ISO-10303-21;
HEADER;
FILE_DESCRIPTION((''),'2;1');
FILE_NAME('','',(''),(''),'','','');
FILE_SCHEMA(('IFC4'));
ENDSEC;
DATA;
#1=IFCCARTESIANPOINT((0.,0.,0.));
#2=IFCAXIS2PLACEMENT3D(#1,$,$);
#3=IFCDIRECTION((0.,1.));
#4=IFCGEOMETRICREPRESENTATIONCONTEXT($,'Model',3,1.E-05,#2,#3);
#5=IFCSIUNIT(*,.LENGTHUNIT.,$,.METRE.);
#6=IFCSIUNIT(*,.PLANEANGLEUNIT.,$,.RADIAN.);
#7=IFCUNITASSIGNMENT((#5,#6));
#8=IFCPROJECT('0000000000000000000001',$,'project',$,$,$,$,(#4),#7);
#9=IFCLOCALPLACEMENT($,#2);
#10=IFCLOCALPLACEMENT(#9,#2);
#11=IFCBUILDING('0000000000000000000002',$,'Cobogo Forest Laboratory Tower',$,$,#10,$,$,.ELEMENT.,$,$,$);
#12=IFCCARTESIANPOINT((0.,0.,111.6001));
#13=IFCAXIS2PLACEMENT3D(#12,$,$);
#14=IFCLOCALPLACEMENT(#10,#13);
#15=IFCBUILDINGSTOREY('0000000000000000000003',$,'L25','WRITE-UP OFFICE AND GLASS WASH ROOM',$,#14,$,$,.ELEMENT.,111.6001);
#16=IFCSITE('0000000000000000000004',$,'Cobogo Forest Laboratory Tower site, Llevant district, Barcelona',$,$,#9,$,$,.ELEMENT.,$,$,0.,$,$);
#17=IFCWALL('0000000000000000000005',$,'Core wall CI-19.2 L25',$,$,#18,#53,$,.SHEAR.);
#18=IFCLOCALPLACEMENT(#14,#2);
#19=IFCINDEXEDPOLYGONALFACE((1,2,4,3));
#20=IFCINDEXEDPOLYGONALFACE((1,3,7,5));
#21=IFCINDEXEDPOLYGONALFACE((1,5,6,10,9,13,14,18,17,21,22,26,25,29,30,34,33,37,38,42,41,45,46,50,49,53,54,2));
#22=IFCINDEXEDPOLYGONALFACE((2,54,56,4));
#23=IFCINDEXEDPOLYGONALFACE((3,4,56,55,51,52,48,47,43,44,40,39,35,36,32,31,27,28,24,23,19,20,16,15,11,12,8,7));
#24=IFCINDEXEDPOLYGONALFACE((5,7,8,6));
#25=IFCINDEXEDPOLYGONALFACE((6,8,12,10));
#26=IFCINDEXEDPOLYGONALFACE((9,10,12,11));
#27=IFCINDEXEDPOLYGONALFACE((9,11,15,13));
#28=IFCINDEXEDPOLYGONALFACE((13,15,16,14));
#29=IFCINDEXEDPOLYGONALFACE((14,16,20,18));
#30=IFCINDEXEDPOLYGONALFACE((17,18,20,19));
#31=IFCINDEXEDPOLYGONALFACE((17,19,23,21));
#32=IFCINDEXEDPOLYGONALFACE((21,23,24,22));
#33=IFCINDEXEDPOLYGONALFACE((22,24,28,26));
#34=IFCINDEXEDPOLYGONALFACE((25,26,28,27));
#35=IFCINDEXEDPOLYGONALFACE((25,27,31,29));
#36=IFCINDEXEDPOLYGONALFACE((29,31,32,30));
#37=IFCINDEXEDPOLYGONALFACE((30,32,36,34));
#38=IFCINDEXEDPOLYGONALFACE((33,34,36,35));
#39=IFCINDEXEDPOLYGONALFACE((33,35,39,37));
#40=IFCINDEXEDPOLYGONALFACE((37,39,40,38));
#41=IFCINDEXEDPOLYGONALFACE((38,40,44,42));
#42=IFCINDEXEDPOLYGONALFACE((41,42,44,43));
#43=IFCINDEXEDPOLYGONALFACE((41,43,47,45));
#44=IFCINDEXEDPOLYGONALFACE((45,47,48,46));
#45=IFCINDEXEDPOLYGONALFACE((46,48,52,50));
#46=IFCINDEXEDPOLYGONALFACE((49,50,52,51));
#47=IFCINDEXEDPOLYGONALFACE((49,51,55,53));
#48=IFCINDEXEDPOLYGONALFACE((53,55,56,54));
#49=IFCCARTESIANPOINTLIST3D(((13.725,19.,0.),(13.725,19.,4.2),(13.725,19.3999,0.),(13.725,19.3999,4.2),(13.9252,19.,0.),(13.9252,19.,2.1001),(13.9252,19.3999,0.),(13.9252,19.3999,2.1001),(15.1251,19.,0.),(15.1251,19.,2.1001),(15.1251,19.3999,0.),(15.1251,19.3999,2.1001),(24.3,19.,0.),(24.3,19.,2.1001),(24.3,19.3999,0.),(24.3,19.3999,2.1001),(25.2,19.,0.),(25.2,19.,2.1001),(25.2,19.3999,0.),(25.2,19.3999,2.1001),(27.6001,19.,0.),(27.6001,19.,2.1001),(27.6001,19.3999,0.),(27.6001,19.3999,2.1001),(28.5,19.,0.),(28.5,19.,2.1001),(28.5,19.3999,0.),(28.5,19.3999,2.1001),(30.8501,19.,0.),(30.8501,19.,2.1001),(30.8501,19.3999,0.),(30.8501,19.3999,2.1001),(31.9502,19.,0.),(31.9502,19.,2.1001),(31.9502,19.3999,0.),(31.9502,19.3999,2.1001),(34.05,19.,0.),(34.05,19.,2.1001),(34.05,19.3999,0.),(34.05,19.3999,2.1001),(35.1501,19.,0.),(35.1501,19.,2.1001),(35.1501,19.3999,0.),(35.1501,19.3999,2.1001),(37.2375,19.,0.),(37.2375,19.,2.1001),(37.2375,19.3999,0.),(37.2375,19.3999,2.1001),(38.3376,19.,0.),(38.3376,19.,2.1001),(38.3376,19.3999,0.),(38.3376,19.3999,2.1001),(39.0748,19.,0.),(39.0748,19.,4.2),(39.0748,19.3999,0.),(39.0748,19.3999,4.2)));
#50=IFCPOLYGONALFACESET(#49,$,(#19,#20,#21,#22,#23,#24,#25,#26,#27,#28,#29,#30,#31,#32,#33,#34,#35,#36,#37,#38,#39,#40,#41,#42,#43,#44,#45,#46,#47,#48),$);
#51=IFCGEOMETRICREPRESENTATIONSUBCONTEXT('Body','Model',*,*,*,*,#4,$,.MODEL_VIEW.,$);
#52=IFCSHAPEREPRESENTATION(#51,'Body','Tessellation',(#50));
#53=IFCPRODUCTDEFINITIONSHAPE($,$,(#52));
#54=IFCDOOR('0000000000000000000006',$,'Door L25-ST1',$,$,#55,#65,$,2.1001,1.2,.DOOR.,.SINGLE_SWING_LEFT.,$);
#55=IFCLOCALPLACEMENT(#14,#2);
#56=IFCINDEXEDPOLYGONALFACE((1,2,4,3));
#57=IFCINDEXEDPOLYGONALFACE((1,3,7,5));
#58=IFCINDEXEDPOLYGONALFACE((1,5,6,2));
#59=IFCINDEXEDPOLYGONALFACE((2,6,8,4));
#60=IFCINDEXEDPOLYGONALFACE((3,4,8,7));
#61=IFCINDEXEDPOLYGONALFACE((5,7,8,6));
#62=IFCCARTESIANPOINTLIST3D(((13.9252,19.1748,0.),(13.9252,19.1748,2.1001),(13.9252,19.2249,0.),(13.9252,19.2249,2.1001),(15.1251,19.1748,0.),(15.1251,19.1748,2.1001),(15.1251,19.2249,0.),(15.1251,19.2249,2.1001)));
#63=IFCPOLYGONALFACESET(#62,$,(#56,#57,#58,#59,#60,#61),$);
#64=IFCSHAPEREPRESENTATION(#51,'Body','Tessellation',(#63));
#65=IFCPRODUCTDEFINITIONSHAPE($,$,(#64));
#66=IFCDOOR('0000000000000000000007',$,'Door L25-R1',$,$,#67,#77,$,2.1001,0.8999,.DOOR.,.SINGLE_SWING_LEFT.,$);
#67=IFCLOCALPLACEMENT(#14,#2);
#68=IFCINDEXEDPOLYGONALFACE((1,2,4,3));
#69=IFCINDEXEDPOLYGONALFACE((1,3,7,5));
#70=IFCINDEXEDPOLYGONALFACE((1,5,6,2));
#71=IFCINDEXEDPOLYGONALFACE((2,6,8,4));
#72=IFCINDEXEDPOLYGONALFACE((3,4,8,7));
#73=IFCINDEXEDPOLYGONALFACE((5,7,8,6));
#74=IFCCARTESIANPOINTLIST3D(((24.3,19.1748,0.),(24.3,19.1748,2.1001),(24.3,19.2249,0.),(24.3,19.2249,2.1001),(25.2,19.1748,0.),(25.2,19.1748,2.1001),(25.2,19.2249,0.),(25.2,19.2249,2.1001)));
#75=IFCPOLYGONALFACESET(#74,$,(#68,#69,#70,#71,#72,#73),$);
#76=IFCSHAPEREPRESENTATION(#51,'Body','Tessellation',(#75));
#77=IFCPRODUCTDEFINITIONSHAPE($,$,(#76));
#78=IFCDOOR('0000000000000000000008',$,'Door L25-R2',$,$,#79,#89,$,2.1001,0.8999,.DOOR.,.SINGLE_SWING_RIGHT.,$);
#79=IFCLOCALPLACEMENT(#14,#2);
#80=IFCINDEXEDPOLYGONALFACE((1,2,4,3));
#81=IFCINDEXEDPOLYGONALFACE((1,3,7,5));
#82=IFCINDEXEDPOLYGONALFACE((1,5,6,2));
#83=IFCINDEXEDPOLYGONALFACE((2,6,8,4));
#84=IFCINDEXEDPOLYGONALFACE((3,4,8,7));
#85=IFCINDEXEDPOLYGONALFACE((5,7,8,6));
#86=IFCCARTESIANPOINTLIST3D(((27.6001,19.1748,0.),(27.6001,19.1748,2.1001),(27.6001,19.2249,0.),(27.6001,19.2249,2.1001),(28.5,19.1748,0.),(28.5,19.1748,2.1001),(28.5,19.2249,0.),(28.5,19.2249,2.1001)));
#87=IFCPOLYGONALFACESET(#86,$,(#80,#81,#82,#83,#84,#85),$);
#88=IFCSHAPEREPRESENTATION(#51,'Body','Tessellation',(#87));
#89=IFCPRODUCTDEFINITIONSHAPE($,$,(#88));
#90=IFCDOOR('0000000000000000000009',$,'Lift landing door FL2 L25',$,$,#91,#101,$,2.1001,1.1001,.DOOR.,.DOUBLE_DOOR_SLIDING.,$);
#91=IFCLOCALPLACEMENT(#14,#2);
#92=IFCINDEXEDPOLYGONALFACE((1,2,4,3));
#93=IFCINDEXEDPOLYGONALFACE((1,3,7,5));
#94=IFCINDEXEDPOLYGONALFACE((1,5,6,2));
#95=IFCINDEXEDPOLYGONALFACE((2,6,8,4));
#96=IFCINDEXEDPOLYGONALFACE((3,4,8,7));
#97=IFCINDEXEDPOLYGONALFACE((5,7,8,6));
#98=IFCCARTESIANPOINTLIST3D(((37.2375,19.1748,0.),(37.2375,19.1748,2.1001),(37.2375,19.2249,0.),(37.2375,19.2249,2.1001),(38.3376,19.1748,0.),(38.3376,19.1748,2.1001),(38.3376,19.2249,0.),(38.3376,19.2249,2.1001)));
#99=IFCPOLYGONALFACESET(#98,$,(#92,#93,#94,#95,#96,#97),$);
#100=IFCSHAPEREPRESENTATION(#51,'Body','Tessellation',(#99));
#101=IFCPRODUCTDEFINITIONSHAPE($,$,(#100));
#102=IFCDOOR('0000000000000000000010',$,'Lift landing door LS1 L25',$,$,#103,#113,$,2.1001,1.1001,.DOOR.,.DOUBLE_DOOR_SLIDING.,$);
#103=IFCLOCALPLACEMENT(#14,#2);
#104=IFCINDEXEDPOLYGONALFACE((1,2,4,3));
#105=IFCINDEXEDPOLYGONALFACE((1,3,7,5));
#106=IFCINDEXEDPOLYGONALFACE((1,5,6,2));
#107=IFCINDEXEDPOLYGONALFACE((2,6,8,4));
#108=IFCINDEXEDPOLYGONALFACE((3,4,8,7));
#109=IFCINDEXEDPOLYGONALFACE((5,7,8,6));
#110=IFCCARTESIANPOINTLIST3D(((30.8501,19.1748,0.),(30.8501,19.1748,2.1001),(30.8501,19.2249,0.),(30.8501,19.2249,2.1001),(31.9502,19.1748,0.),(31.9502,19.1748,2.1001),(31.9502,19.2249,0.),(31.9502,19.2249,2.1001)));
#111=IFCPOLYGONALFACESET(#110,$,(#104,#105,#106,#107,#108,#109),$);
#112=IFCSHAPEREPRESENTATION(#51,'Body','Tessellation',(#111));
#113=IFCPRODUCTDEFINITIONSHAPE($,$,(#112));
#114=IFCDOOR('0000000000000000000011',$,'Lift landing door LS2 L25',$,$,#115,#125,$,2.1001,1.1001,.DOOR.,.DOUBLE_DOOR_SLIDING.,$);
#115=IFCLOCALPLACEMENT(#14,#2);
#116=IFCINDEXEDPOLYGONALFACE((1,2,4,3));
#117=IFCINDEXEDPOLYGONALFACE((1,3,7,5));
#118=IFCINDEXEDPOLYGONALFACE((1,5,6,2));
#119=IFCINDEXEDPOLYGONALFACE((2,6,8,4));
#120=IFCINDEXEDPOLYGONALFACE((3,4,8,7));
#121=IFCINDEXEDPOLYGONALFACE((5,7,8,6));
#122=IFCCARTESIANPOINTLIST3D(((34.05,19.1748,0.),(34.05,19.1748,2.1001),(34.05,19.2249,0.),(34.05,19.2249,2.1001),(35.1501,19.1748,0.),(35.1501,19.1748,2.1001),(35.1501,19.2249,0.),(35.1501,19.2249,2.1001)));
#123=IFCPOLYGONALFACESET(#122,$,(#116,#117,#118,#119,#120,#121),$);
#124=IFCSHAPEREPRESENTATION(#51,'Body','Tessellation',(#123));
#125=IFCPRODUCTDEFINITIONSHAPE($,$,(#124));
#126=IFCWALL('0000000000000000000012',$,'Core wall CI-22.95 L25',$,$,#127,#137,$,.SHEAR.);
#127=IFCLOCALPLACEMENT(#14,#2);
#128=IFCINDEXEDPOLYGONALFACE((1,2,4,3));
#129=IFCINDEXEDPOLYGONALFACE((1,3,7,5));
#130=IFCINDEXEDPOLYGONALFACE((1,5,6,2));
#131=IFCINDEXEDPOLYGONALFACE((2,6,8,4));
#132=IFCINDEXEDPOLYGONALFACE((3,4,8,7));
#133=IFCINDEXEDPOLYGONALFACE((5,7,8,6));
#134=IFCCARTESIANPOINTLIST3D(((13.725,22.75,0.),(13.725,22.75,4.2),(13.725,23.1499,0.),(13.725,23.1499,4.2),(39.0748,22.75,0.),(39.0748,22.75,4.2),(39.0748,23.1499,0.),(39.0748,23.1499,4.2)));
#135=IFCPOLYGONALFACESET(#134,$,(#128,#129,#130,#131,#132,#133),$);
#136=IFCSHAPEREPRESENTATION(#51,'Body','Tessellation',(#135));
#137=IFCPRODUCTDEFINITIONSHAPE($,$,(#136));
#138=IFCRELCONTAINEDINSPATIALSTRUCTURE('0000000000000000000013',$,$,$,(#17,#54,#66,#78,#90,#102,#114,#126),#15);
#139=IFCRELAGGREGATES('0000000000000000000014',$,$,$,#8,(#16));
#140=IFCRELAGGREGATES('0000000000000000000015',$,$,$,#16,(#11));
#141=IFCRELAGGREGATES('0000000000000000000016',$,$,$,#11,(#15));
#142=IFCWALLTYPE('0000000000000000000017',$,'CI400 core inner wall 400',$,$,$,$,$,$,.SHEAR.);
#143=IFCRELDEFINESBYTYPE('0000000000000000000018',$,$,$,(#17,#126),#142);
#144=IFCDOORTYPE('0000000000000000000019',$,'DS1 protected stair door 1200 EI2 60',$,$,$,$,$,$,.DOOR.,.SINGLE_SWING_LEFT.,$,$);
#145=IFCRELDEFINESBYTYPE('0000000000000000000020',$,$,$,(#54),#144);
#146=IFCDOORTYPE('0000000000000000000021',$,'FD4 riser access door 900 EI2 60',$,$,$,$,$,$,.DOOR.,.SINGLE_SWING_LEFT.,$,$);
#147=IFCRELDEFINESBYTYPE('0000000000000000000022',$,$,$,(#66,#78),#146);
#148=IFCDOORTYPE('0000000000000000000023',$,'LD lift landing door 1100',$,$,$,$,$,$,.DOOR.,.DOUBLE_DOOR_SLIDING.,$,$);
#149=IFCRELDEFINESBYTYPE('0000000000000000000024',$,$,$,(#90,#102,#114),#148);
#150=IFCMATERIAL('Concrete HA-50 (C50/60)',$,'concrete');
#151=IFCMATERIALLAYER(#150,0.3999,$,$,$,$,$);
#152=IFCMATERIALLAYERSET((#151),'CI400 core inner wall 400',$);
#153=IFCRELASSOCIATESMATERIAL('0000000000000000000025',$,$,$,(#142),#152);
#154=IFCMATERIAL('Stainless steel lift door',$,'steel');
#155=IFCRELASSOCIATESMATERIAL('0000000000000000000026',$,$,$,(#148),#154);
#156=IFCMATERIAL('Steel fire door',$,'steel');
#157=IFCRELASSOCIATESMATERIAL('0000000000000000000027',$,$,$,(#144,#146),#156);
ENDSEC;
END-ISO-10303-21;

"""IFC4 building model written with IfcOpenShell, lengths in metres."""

from ifc_helpers import new_model, si_unit, direction, frame, frame_2d, origin, place, context, subcontext, project, spatial, rectangle, extrude, material, layer, layer_set, type_object, element, fill, save


model = new_model("IFC4")

# Units and contexts
model_context = context("Model", 3, precision=1e-05, world=origin(), true_north=direction((0.0, 1.0)))
body_context = subcontext(model_context, "Body", "Model", "MODEL_VIEW")
ifc_project = project(units=[si_unit("LENGTHUNIT", "METRE"), si_unit("PLANEANGLEUNIT", "RADIAN")], contexts=[model_context])

# Site, building, storey
site_placement = place(None, origin())
site = spatial("IfcSite", under=ifc_project, at=site_placement, Name="Cobogo Forest Laboratory Tower site, Llevant district, Barcelona", CompositionType="ELEMENT", RefElevation=0.0)
building_placement = place(site_placement, origin())
building = spatial("IfcBuilding", under=site, at=building_placement, Name="Cobogo Forest Laboratory Tower", CompositionType="ELEMENT")
storey_placement = place(building_placement, frame((0.0, 0.0, 111.6001)))
storey = spatial("IfcBuildingStorey", under=building, at=storey_placement, Name="L25", Description="WRITE-UP OFFICE AND GLASS WASH ROOM", CompositionType="ELEMENT", Elevation=111.6001)

# Wall, openings, doors
ifc_material_1 = material(Name="Concrete HA-50 (C50/60)", Category="concrete")
ifc_layer = layer(ifc_material_1, 0.3999)
ifc_layer_set = layer_set([ifc_layer], Name="CI400 core inner wall 400")
wall_type = type_object("IfcWallType", Name="CI400 core inner wall 400", PredefinedType="SHEAR", material=ifc_layer_set)
ifc_material_2 = material(Name="Steel fire door", Category="steel")
ifc_material_3 = material(Name="Stainless steel lift door", Category="steel")
door_type_1 = type_object("IfcDoorType", Name="LD lift landing door 1100", OperationType="DOUBLE_DOOR_SLIDING", PredefinedType="DOOR", material=ifc_material_3)
wall_1_placement = place(storey_placement, frame((13.7251, 19.2, 0.0), z_axis=(0.0, 0.0, 1.0), x_axis=(1.0, 0.0, 0.0)))
wall_1 = element("IfcWall", 1, at=wall_1_placement, inside=storey, type_object=wall_type, Name="Core wall CI-19.2 L25", PredefinedType="SHEAR", context=body_context, shape_type="SweptSolid", body=[
    extrude(rectangle(XDim=25.3499, YDim=0.3999, at=frame_2d((12.6748, 0.0))), origin(), (0.0, 0.0, 1.0), 4.2),
])
opening_1_placement = place(wall_1_placement, frame((10.575, 0.0, 0.0)))
opening_1 = element("IfcOpeningElement", 2, at=opening_1_placement, cuts=wall_1, PredefinedType="OPENING", context=body_context, shape_type="SweptSolid", body=[
    extrude(rectangle(XDim=0.8999, YDim=2.1001, at=frame_2d((0.45, 1.05))), frame((0.0, 0.21, 0.0), z_axis=(0.0, -1.0, 0.0), x_axis=(1.0, 0.0, 0.0)), (0.0, 0.0, 1.0), 0.4199),
])
opening_2_placement = place(wall_1_placement, frame((13.875, 0.0, 0.0)))
opening_2 = element("IfcOpeningElement", 3, at=opening_2_placement, cuts=wall_1, PredefinedType="OPENING", context=body_context, shape_type="SweptSolid", body=[
    extrude(rectangle(XDim=0.8999, YDim=2.1001, at=frame_2d((0.45, 1.05))), frame((0.0, 0.21, 0.0), z_axis=(0.0, -1.0, 0.0), x_axis=(1.0, 0.0, 0.0)), (0.0, 0.0, 1.0), 0.4199),
])
opening_3_placement = place(wall_1_placement, frame((0.2, 0.0, 0.0)))
opening_3 = element("IfcOpeningElement", 4, at=opening_3_placement, cuts=wall_1, PredefinedType="OPENING", context=body_context, shape_type="SweptSolid", body=[
    extrude(rectangle(XDim=1.2, YDim=2.1001, at=frame_2d((0.6001, 1.05))), frame((0.0, 0.21, 0.0), z_axis=(0.0, -1.0, 0.0), x_axis=(1.0, 0.0, 0.0)), (0.0, 0.0, 1.0), 0.4199),
])
opening_4_placement = place(wall_1_placement, frame((23.5125, 0.0, 0.0)))
opening_4 = element("IfcOpeningElement", 5, at=opening_4_placement, cuts=wall_1, PredefinedType="OPENING", context=body_context, shape_type="SweptSolid", body=[
    extrude(rectangle(XDim=1.1001, YDim=2.1001, at=frame_2d((0.55, 1.05))), frame((0.0, 0.21, 0.0), z_axis=(0.0, -1.0, 0.0), x_axis=(1.0, 0.0, 0.0)), (0.0, 0.0, 1.0), 0.4199),
])
opening_5_placement = place(wall_1_placement, frame((17.125, 0.0, 0.0)))
opening_5 = element("IfcOpeningElement", 6, at=opening_5_placement, cuts=wall_1, PredefinedType="OPENING", context=body_context, shape_type="SweptSolid", body=[
    extrude(rectangle(XDim=1.1001, YDim=2.1001, at=frame_2d((0.55, 1.05))), frame((0.0, 0.21, 0.0), z_axis=(0.0, -1.0, 0.0), x_axis=(1.0, 0.0, 0.0)), (0.0, 0.0, 1.0), 0.4199),
])
opening_6_placement = place(wall_1_placement, frame((20.325, 0.0, 0.0)))
opening_6 = element("IfcOpeningElement", 7, at=opening_6_placement, cuts=wall_1, PredefinedType="OPENING", context=body_context, shape_type="SweptSolid", body=[
    extrude(rectangle(XDim=1.1001, YDim=2.1001, at=frame_2d((0.55, 1.05))), frame((0.0, 0.21, 0.0), z_axis=(0.0, -1.0, 0.0), x_axis=(1.0, 0.0, 0.0)), (0.0, 0.0, 1.0), 0.4199),
])
door_type_2 = type_object("IfcDoorType", Name="DS1 protected stair door 1200 EI2 60", OperationType="SINGLE_SWING_LEFT", PredefinedType="DOOR", material=ifc_material_2)
door_1_placement = place(opening_3_placement, origin())
door_1 = element("IfcDoor", 8, at=door_1_placement, inside=storey, type_object=door_type_2, Name="Door L25-ST1", OperationType="SINGLE_SWING_LEFT", OverallHeight=2.1001, OverallWidth=1.2, PredefinedType="DOOR", context=body_context, shape_type="SweptSolid", body=[
    extrude(rectangle(XDim=1.2, YDim=2.1001, at=frame_2d((0.6001, 1.05))), frame((0.0, 0.0249, 0.0), z_axis=(0.0, -1.0, 0.0), x_axis=(1.0, 0.0, 0.0)), (0.0, 0.0, 1.0), 0.05),
])
fill(opening_3, door_1)
door_type_3 = type_object("IfcDoorType", Name="FD4 riser access door 900 EI2 60", OperationType="SINGLE_SWING_LEFT", PredefinedType="DOOR", material=ifc_material_2)
door_2_placement = place(opening_1_placement, origin())
door_2 = element("IfcDoor", 9, at=door_2_placement, inside=storey, type_object=door_type_3, Name="Door L25-R1", OperationType="SINGLE_SWING_LEFT", OverallHeight=2.1001, OverallWidth=0.8999, PredefinedType="DOOR", context=body_context, shape_type="SweptSolid", body=[
    extrude(rectangle(XDim=0.8999, YDim=2.1001, at=frame_2d((0.45, 1.05))), frame((0.0, 0.0249, 0.0), z_axis=(0.0, -1.0, 0.0), x_axis=(1.0, 0.0, 0.0)), (0.0, 0.0, 1.0), 0.05),
])
fill(opening_1, door_2)
door_3_placement = place(opening_2_placement, origin())
door_3 = element("IfcDoor", 10, at=door_3_placement, inside=storey, type_object=door_type_3, Name="Door L25-R2", OperationType="SINGLE_SWING_RIGHT", OverallHeight=2.1001, OverallWidth=0.8999, PredefinedType="DOOR", context=body_context, shape_type="SweptSolid", body=[
    extrude(rectangle(XDim=0.8999, YDim=2.1001, at=frame_2d((0.45, 1.05))), frame((0.0, 0.0249, 0.0), z_axis=(0.0, -1.0, 0.0), x_axis=(1.0, 0.0, 0.0)), (0.0, 0.0, 1.0), 0.05),
])
fill(opening_2, door_3)
door_4_placement = place(opening_4_placement, origin())
door_4 = element("IfcDoor", 11, at=door_4_placement, inside=storey, type_object=door_type_1, Name="Lift landing door FL2 L25", OperationType="DOUBLE_DOOR_SLIDING", OverallHeight=2.1001, OverallWidth=1.1001, PredefinedType="DOOR", context=body_context, shape_type="SweptSolid", body=[
    extrude(rectangle(XDim=1.1001, YDim=2.1001, at=frame_2d((0.55, 1.05))), frame((0.0, 0.0249, 0.0), z_axis=(0.0, -1.0, 0.0), x_axis=(1.0, 0.0, 0.0)), (0.0, 0.0, 1.0), 0.05),
])
fill(opening_4, door_4)
door_5_placement = place(opening_5_placement, origin())
door_5 = element("IfcDoor", 12, at=door_5_placement, inside=storey, type_object=door_type_1, Name="Lift landing door LS1 L25", OperationType="DOUBLE_DOOR_SLIDING", OverallHeight=2.1001, OverallWidth=1.1001, PredefinedType="DOOR", context=body_context, shape_type="SweptSolid", body=[
    extrude(rectangle(XDim=1.1001, YDim=2.1001, at=frame_2d((0.55, 1.05))), frame((0.0, 0.0249, 0.0), z_axis=(0.0, -1.0, 0.0), x_axis=(1.0, 0.0, 0.0)), (0.0, 0.0, 1.0), 0.05),
])
fill(opening_5, door_5)
door_6_placement = place(opening_6_placement, origin())
door_6 = element("IfcDoor", 13, at=door_6_placement, inside=storey, type_object=door_type_1, Name="Lift landing door LS2 L25", OperationType="DOUBLE_DOOR_SLIDING", OverallHeight=2.1001, OverallWidth=1.1001, PredefinedType="DOOR", context=body_context, shape_type="SweptSolid", body=[
    extrude(rectangle(XDim=1.1001, YDim=2.1001, at=frame_2d((0.55, 1.05))), frame((0.0, 0.0249, 0.0), z_axis=(0.0, -1.0, 0.0), x_axis=(1.0, 0.0, 0.0)), (0.0, 0.0, 1.0), 0.05),
])
fill(opening_6, door_6)

# Wall
wall_2_placement = place(storey_placement, frame((13.7251, 22.95, 0.0), z_axis=(0.0, 0.0, 1.0), x_axis=(1.0, 0.0, 0.0)))
element("IfcWall", 14, at=wall_2_placement, inside=storey, type_object=wall_type, Name="Core wall CI-22.95 L25", PredefinedType="SHEAR", context=body_context, shape_type="SweptSolid", body=[
    extrude(rectangle(XDim=25.3499, YDim=0.3999, at=frame_2d((12.6748, 0.0))), origin(), (0.0, 0.0, 1.0), 4.2),
])

save(model, "model.ifc")
